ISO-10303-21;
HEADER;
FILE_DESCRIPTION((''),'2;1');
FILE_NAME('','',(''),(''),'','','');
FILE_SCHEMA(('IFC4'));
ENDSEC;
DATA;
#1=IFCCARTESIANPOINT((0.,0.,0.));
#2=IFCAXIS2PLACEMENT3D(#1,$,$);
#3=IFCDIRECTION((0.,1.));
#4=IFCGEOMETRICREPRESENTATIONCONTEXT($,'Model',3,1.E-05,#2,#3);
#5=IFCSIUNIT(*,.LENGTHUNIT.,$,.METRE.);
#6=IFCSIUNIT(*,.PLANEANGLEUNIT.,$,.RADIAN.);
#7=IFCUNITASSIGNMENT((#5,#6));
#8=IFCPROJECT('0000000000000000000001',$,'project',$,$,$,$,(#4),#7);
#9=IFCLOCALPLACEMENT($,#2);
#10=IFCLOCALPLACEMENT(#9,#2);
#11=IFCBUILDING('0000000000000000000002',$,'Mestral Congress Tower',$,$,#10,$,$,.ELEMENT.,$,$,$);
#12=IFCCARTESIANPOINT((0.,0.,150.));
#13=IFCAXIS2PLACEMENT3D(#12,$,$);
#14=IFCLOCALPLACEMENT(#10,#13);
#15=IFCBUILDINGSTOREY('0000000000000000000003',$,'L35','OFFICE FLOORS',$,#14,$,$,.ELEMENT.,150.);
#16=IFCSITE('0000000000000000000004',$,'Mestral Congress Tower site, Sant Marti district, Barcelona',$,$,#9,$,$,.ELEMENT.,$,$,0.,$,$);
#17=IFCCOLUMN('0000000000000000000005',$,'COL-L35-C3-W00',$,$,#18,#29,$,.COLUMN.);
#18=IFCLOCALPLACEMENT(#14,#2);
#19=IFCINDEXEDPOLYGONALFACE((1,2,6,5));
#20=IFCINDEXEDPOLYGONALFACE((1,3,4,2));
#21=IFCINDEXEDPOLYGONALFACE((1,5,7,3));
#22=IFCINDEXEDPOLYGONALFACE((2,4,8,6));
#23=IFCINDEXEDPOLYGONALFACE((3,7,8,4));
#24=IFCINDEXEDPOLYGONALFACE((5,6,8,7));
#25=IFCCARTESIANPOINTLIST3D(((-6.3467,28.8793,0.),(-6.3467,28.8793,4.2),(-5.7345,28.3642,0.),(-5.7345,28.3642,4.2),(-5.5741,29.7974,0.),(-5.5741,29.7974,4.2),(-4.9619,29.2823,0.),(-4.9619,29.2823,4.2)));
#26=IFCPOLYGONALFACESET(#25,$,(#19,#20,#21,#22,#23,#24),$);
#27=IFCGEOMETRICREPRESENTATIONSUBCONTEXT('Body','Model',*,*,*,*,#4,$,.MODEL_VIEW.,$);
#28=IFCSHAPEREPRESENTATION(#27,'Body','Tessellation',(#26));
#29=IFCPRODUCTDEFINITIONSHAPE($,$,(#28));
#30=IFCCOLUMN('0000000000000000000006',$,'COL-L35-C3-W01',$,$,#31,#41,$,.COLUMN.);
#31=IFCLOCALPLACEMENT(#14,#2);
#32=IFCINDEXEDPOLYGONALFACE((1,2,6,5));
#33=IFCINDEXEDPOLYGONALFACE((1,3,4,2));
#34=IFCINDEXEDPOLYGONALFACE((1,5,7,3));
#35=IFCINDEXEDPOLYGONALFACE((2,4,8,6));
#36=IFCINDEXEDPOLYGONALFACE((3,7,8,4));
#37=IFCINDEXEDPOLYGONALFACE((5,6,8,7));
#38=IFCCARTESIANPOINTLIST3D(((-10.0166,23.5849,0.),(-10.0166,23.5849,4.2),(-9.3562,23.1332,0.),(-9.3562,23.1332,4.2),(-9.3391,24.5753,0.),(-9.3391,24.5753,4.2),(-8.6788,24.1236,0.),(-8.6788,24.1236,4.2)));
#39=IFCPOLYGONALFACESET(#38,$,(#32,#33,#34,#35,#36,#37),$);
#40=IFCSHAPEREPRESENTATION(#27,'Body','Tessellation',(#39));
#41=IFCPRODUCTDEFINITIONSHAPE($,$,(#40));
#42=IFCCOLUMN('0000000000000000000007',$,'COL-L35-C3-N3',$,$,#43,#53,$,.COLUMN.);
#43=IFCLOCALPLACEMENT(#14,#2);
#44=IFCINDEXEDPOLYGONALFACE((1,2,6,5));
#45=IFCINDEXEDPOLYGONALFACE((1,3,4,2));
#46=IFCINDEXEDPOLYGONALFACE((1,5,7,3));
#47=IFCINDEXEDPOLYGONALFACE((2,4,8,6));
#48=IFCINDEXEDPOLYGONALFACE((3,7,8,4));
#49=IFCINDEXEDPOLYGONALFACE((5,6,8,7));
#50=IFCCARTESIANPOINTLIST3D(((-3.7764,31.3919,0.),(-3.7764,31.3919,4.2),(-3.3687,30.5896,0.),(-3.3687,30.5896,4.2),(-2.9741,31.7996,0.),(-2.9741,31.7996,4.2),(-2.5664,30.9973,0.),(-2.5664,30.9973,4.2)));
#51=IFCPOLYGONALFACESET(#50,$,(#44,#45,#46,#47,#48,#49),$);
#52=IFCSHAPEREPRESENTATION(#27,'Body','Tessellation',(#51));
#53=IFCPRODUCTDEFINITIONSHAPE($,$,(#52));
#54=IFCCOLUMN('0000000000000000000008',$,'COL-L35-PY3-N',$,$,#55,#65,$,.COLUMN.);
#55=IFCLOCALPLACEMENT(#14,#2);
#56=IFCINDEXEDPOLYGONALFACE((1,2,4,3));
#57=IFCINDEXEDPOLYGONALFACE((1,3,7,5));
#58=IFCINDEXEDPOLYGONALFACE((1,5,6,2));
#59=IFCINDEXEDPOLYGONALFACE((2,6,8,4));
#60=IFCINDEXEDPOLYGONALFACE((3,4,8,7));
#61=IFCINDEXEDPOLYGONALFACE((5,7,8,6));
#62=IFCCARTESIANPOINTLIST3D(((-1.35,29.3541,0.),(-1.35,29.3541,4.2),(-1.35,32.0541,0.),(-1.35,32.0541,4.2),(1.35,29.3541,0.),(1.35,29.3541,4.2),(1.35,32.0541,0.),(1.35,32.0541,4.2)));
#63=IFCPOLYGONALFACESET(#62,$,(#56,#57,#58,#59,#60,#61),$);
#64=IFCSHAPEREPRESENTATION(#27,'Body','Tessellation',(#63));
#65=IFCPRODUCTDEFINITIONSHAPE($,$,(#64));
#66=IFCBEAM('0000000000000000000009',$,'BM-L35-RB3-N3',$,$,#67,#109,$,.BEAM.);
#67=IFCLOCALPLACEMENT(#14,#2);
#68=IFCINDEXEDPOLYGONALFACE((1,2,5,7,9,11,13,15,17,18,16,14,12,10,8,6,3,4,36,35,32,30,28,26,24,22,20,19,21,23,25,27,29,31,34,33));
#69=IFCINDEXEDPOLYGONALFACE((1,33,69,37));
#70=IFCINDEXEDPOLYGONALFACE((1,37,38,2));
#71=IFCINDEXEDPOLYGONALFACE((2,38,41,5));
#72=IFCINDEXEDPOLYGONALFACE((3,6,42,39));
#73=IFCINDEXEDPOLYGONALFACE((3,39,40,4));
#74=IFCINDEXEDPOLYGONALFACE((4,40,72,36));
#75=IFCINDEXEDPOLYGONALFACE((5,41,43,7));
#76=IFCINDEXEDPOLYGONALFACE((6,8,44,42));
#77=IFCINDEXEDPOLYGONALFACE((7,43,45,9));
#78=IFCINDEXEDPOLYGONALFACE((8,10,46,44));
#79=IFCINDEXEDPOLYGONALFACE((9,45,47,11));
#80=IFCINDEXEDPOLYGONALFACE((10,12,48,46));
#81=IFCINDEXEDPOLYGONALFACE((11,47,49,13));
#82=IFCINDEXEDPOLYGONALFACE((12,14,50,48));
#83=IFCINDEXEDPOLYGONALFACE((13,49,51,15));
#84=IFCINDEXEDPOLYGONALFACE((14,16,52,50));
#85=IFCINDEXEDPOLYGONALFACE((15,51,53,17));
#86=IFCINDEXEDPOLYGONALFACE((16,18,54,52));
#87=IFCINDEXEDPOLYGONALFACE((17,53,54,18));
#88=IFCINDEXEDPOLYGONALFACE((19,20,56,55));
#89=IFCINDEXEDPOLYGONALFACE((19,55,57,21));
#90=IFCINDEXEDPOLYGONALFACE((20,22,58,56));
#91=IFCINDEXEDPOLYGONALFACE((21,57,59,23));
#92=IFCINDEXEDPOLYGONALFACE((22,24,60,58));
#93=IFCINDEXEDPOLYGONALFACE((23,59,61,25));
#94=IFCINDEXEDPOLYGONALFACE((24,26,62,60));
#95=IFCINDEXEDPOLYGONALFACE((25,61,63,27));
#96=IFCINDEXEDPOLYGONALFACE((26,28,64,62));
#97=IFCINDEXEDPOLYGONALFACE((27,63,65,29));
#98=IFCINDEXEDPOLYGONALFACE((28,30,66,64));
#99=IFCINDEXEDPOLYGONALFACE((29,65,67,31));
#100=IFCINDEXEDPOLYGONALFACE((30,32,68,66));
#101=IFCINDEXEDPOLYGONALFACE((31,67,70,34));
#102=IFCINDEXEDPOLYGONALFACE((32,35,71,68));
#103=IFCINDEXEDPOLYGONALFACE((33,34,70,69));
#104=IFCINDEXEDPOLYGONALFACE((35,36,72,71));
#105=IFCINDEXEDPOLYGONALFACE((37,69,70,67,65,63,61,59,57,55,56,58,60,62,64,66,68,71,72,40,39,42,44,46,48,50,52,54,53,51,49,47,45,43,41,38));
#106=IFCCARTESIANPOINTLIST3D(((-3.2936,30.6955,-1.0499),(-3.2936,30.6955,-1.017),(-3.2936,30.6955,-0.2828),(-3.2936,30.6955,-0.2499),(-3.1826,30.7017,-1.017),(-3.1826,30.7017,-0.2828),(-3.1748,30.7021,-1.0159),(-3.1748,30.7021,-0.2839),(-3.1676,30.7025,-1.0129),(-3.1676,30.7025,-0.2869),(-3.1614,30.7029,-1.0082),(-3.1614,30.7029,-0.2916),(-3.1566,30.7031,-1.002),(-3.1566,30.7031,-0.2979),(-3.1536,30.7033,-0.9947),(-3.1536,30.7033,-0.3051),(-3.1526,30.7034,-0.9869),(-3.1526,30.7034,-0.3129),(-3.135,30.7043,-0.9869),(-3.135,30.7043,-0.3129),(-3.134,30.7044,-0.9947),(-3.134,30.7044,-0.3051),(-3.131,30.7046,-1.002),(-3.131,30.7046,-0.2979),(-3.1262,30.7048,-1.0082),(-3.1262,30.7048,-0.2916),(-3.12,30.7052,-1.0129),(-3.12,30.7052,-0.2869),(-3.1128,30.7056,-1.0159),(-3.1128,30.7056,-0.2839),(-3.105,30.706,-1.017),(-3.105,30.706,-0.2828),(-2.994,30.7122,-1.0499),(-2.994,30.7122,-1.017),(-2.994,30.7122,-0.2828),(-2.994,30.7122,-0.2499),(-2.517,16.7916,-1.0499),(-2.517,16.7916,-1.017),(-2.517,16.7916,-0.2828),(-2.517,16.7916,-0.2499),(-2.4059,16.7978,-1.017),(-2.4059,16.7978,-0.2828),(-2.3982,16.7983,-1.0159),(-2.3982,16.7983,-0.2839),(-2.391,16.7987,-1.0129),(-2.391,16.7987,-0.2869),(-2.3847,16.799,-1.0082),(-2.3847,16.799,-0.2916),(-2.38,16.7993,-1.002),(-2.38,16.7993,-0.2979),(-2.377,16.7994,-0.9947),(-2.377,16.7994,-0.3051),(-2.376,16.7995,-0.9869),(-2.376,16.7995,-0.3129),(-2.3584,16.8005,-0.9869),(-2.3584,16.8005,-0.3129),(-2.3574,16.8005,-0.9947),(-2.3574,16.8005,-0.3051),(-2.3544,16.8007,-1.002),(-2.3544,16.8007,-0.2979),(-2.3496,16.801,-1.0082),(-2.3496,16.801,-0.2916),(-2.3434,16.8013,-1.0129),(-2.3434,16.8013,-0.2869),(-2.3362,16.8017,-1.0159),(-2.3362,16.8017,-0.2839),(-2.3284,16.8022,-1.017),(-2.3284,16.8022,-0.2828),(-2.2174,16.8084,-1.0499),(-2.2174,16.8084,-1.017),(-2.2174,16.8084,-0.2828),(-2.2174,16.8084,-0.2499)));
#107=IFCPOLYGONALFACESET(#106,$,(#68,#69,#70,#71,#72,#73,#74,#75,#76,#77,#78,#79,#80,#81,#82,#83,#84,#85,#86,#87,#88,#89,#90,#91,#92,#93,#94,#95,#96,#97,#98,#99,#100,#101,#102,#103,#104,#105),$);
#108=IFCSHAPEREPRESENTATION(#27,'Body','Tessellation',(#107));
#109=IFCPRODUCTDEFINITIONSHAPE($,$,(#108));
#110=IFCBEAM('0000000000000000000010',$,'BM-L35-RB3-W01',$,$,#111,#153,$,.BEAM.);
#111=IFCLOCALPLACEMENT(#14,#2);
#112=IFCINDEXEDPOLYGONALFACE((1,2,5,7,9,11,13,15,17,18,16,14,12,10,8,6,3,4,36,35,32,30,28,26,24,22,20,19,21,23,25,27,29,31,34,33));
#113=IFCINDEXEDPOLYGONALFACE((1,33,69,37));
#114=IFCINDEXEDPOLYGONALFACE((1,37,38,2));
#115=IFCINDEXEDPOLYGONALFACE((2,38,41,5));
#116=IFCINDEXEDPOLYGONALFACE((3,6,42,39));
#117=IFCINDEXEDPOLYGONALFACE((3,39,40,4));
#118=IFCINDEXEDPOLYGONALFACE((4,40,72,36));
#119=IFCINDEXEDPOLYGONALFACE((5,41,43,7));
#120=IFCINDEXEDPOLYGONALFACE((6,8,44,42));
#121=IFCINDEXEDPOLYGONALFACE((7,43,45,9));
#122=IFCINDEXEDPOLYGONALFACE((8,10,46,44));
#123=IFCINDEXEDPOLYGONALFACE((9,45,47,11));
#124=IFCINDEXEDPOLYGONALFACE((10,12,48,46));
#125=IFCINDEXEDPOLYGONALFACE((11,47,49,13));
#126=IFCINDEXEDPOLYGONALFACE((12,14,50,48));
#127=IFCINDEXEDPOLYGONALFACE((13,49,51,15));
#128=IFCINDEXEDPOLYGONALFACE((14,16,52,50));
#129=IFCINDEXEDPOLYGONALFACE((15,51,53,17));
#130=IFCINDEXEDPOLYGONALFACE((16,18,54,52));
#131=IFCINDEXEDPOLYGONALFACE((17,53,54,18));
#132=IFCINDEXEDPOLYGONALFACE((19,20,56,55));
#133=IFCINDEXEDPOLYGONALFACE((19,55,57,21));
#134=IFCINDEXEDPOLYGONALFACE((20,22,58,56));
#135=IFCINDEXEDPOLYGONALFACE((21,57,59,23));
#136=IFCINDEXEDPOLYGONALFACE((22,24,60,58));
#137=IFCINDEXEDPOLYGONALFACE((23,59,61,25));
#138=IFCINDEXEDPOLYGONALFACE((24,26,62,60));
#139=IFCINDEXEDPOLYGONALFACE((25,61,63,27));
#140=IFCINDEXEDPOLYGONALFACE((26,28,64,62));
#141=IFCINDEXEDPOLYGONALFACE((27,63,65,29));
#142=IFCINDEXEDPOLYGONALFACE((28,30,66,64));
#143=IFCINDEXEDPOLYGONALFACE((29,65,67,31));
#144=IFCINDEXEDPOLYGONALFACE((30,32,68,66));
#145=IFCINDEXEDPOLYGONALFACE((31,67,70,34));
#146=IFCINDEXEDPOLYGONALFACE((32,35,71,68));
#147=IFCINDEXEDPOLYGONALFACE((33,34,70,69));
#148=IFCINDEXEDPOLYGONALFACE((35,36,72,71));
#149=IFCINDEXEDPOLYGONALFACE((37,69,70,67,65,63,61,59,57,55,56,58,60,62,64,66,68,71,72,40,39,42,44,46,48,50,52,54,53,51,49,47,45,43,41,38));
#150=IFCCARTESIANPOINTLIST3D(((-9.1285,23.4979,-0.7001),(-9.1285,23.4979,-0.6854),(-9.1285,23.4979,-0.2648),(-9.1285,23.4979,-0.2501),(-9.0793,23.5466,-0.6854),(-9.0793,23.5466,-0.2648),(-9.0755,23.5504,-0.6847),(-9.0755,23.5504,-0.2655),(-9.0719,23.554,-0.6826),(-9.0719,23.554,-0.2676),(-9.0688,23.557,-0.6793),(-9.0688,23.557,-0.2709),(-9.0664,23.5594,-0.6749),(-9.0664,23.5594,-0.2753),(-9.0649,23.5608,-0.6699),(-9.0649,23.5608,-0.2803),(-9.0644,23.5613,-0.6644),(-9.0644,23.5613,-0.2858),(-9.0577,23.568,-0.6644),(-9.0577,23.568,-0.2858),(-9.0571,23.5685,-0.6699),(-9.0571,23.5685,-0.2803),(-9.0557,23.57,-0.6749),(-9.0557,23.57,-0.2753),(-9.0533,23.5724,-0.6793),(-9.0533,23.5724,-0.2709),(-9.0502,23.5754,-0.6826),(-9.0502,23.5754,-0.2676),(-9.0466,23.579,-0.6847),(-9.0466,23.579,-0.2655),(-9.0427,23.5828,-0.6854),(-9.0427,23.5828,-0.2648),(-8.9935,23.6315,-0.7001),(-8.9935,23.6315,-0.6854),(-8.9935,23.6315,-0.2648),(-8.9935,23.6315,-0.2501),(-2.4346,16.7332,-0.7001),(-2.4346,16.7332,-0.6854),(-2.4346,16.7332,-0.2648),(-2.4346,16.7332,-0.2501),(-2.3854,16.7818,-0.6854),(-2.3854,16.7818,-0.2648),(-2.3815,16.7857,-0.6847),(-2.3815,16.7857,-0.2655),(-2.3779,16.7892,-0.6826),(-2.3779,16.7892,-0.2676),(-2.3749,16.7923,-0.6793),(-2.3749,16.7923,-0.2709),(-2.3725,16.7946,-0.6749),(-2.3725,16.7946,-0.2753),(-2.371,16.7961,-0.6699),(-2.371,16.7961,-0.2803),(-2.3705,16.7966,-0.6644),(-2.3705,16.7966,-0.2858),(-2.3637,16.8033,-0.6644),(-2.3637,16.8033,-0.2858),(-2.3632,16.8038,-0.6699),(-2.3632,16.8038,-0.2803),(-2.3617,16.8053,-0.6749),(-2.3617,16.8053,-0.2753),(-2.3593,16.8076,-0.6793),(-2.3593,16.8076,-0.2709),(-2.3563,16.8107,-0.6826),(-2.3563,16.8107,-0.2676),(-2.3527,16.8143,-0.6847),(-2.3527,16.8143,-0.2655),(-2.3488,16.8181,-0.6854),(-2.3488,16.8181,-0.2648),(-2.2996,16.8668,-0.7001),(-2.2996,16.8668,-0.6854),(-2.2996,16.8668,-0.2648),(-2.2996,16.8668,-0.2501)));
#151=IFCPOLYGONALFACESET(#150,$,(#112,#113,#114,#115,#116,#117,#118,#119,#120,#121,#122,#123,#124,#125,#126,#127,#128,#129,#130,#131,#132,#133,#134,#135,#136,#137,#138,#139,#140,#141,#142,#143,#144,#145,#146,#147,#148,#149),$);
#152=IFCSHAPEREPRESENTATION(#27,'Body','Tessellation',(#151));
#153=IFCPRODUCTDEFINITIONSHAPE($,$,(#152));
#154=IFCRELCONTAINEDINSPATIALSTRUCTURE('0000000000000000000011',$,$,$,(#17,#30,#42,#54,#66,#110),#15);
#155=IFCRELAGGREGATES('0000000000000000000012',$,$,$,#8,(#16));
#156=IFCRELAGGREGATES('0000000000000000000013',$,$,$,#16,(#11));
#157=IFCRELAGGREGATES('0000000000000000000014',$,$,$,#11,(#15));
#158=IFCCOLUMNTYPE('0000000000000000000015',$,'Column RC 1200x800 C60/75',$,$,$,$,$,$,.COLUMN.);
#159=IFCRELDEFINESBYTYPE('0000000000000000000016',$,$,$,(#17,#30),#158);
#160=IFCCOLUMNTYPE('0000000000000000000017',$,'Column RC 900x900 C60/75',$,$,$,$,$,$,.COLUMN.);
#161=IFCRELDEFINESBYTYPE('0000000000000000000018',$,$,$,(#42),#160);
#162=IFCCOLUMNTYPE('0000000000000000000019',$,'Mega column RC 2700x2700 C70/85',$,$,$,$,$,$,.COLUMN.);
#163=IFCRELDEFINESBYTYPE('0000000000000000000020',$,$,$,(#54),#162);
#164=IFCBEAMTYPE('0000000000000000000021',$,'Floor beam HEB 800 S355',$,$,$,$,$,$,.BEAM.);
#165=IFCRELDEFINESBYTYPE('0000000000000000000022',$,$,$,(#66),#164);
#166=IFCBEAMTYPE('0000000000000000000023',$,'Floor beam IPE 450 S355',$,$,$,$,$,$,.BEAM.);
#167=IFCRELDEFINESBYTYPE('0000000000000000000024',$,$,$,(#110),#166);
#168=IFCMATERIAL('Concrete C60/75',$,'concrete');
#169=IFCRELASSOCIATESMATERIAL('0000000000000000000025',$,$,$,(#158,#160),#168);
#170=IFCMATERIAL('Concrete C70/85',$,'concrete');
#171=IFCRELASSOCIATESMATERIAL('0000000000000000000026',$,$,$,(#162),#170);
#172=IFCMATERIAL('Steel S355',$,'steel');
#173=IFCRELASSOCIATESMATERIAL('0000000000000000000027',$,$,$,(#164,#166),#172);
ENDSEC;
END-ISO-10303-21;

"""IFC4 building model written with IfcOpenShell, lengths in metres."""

from ifc_helpers import new_model, si_unit, direction, frame, origin, origin_2d, place, context, subcontext, project, spatial, rectangle, i_section, extrude, material, material_profile, profile_set, type_object, element, save


model = new_model("IFC4")

# Units and contexts
model_context = context("Model", 3, precision=1e-05, world=origin(), true_north=direction((0.0, 1.0)))
body_context = subcontext(model_context, "Body", "Model", "MODEL_VIEW")
ifc_project = project(units=[si_unit("LENGTHUNIT", "METRE"), si_unit("PLANEANGLEUNIT", "RADIAN")], contexts=[model_context])

# Site, building, storey
site_placement = place(None, origin())
site = spatial("IfcSite", under=ifc_project, at=site_placement, Name="Mestral Congress Tower site, Sant Marti district, Barcelona", CompositionType="ELEMENT", RefElevation=0.0)
building_placement = place(site_placement, origin())
building = spatial("IfcBuilding", under=site, at=building_placement, Name="Mestral Congress Tower", CompositionType="ELEMENT")
storey_placement = place(building_placement, frame((0.0, 0.0, 150.0)))
storey = spatial("IfcBuildingStorey", under=building, at=storey_placement, Name="L35", Description="OFFICE FLOORS", CompositionType="ELEMENT", Elevation=150.0)

# Columns
ifc_material_1 = material(Name="Concrete C60/75", Category="concrete")
ifc_material_profile_1 = material_profile(ifc_material_1, rectangle(XDim=1.2, YDim=0.8, at=origin_2d()), Name="RC 1200x800")
ifc_profile_set_1 = profile_set([ifc_material_profile_1], Name="Concrete C60/75")
column_type_1 = type_object("IfcColumnType", Name="Column RC 1200x800 C60/75", PredefinedType="COLUMN", material=ifc_profile_set_1)
for number, where, z_axis, x_axis, name in (
    (1, (-5.6543, 29.0808, 0.0), (0.0, 0.0, 1.0), (-0.643827, -0.765171, 0.0), "COL-L35-C3-W00"),
    (2, (-9.3477, 23.8542, 0.0), (0.0, 0.0, 1.0), (-0.564568, -0.825387, 0.0), "COL-L35-C3-W01"),
):
    element("IfcColumn", number, at=place(storey_placement, frame(where, z_axis=z_axis, x_axis=x_axis)), inside=storey, type_object=column_type_1, Name=name, PredefinedType="COLUMN", context=body_context, shape_type="SweptSolid", body=[
        extrude(rectangle(XDim=1.2, YDim=0.8, at=origin_2d()), origin(), (0.0, 0.0, 1.0), 4.2),
    ])
ifc_material_profile_2 = material_profile(ifc_material_1, rectangle(XDim=0.8999, YDim=0.8999, at=origin_2d()), Name="RC 900x900")
ifc_profile_set_2 = profile_set([ifc_material_profile_2], Name="Concrete C60/75")
column_type_2 = type_object("IfcColumnType", Name="Column RC 900x900 C60/75", PredefinedType="COLUMN", material=ifc_profile_set_2)
column_1_placement = place(storey_placement, frame((-3.1714, 31.1946, 0.0), z_axis=(0.0, 0.0, 1.0), x_axis=(-0.891486, -0.453048, 0.0)))
element("IfcColumn", 3, at=column_1_placement, inside=storey, type_object=column_type_2, Name="COL-L35-C3-N3", PredefinedType="COLUMN", context=body_context, shape_type="SweptSolid", body=[
    extrude(rectangle(XDim=0.8999, YDim=0.8999, at=origin_2d()), origin(), (0.0, 0.0, 1.0), 4.2),
])
ifc_material_2 = material(Name="Concrete C70/85", Category="concrete")
ifc_material_profile_3 = material_profile(ifc_material_2, rectangle(XDim=2.7, YDim=2.7, at=origin_2d()), Name="RC 2700x2700")
ifc_profile_set_3 = profile_set([ifc_material_profile_3], Name="Concrete C70/85")
column_type_3 = type_object("IfcColumnType", Name="Mega column RC 2700x2700 C70/85", PredefinedType="COLUMN", material=ifc_profile_set_3)
column_2_placement = place(storey_placement, frame((0.0, 30.7041, 0.0), z_axis=(0.0, 0.0, 1.0), x_axis=(0.0, 1.0, 0.0)))
element("IfcColumn", 4, at=column_2_placement, inside=storey, type_object=column_type_3, Name="COL-L35-PY3-N", PredefinedType="COLUMN", context=body_context, shape_type="SweptSolid", body=[
    extrude(rectangle(XDim=2.7, YDim=2.7, at=origin_2d()), origin(), (0.0, 0.0, 1.0), 4.2),
])

# Beams
ifc_material_3 = material(Name="Steel S355", Category="steel")
ifc_material_profile_4 = material_profile(ifc_material_3, i_section(OverallWidth=0.3, OverallDepth=0.8, WebThickness=0.0176, FlangeThickness=0.033, FilletRadius=0.03, at=origin_2d()), Name="HEB 800")
ifc_profile_set_4 = profile_set([ifc_material_profile_4], Name="Steel S355")
beam_type_1 = type_object("IfcBeamType", Name="Floor beam HEB 800 S355", PredefinedType="BEAM", material=ifc_profile_set_4)
beam_1_placement = place(storey_placement, frame((-3.1438, 30.7039, -0.6499), z_axis=(0.055769, -0.998444, 0.0), x_axis=(0.998444, 0.055769, 0.0)))
element("IfcBeam", 5, at=beam_1_placement, inside=storey, type_object=beam_type_1, Name="BM-L35-RB3-N3", PredefinedType="BEAM", context=body_context, shape_type="SweptSolid", body=[
    extrude(i_section(OverallWidth=0.3, OverallDepth=0.8, WebThickness=0.0176, FlangeThickness=0.033, FilletRadius=0.03, at=origin_2d()), origin(), (0.0, 0.0, 1.0), 13.9255),
])
ifc_material_profile_5 = material_profile(ifc_material_3, i_section(OverallWidth=0.1899, OverallDepth=0.45, WebThickness=0.0095, FlangeThickness=0.0146, FilletRadius=0.021, at=origin_2d()), Name="IPE 450")
ifc_profile_set_5 = profile_set([ifc_material_profile_5], Name="Steel S355")
beam_type_2 = type_object("IfcBeamType", Name="Floor beam IPE 450 S355", PredefinedType="BEAM", material=ifc_profile_set_5)
beam_2_placement = place(storey_placement, frame((-9.061, 23.5647, -0.4751), z_axis=(0.703377, -0.710817, 0.0), x_axis=(0.710817, 0.703377, 0.0)))
element("IfcBeam", 6, at=beam_2_placement, inside=storey, type_object=beam_type_2, Name="BM-L35-RB3-W01", PredefinedType="BEAM", context=body_context, shape_type="SweptSolid", body=[
    extrude(i_section(OverallWidth=0.1899, OverallDepth=0.45, WebThickness=0.0095, FlangeThickness=0.0146, FilletRadius=0.021, at=origin_2d()), origin(), (0.0, 0.0, 1.0), 9.5168),
])

save(model, "model.ifc")
